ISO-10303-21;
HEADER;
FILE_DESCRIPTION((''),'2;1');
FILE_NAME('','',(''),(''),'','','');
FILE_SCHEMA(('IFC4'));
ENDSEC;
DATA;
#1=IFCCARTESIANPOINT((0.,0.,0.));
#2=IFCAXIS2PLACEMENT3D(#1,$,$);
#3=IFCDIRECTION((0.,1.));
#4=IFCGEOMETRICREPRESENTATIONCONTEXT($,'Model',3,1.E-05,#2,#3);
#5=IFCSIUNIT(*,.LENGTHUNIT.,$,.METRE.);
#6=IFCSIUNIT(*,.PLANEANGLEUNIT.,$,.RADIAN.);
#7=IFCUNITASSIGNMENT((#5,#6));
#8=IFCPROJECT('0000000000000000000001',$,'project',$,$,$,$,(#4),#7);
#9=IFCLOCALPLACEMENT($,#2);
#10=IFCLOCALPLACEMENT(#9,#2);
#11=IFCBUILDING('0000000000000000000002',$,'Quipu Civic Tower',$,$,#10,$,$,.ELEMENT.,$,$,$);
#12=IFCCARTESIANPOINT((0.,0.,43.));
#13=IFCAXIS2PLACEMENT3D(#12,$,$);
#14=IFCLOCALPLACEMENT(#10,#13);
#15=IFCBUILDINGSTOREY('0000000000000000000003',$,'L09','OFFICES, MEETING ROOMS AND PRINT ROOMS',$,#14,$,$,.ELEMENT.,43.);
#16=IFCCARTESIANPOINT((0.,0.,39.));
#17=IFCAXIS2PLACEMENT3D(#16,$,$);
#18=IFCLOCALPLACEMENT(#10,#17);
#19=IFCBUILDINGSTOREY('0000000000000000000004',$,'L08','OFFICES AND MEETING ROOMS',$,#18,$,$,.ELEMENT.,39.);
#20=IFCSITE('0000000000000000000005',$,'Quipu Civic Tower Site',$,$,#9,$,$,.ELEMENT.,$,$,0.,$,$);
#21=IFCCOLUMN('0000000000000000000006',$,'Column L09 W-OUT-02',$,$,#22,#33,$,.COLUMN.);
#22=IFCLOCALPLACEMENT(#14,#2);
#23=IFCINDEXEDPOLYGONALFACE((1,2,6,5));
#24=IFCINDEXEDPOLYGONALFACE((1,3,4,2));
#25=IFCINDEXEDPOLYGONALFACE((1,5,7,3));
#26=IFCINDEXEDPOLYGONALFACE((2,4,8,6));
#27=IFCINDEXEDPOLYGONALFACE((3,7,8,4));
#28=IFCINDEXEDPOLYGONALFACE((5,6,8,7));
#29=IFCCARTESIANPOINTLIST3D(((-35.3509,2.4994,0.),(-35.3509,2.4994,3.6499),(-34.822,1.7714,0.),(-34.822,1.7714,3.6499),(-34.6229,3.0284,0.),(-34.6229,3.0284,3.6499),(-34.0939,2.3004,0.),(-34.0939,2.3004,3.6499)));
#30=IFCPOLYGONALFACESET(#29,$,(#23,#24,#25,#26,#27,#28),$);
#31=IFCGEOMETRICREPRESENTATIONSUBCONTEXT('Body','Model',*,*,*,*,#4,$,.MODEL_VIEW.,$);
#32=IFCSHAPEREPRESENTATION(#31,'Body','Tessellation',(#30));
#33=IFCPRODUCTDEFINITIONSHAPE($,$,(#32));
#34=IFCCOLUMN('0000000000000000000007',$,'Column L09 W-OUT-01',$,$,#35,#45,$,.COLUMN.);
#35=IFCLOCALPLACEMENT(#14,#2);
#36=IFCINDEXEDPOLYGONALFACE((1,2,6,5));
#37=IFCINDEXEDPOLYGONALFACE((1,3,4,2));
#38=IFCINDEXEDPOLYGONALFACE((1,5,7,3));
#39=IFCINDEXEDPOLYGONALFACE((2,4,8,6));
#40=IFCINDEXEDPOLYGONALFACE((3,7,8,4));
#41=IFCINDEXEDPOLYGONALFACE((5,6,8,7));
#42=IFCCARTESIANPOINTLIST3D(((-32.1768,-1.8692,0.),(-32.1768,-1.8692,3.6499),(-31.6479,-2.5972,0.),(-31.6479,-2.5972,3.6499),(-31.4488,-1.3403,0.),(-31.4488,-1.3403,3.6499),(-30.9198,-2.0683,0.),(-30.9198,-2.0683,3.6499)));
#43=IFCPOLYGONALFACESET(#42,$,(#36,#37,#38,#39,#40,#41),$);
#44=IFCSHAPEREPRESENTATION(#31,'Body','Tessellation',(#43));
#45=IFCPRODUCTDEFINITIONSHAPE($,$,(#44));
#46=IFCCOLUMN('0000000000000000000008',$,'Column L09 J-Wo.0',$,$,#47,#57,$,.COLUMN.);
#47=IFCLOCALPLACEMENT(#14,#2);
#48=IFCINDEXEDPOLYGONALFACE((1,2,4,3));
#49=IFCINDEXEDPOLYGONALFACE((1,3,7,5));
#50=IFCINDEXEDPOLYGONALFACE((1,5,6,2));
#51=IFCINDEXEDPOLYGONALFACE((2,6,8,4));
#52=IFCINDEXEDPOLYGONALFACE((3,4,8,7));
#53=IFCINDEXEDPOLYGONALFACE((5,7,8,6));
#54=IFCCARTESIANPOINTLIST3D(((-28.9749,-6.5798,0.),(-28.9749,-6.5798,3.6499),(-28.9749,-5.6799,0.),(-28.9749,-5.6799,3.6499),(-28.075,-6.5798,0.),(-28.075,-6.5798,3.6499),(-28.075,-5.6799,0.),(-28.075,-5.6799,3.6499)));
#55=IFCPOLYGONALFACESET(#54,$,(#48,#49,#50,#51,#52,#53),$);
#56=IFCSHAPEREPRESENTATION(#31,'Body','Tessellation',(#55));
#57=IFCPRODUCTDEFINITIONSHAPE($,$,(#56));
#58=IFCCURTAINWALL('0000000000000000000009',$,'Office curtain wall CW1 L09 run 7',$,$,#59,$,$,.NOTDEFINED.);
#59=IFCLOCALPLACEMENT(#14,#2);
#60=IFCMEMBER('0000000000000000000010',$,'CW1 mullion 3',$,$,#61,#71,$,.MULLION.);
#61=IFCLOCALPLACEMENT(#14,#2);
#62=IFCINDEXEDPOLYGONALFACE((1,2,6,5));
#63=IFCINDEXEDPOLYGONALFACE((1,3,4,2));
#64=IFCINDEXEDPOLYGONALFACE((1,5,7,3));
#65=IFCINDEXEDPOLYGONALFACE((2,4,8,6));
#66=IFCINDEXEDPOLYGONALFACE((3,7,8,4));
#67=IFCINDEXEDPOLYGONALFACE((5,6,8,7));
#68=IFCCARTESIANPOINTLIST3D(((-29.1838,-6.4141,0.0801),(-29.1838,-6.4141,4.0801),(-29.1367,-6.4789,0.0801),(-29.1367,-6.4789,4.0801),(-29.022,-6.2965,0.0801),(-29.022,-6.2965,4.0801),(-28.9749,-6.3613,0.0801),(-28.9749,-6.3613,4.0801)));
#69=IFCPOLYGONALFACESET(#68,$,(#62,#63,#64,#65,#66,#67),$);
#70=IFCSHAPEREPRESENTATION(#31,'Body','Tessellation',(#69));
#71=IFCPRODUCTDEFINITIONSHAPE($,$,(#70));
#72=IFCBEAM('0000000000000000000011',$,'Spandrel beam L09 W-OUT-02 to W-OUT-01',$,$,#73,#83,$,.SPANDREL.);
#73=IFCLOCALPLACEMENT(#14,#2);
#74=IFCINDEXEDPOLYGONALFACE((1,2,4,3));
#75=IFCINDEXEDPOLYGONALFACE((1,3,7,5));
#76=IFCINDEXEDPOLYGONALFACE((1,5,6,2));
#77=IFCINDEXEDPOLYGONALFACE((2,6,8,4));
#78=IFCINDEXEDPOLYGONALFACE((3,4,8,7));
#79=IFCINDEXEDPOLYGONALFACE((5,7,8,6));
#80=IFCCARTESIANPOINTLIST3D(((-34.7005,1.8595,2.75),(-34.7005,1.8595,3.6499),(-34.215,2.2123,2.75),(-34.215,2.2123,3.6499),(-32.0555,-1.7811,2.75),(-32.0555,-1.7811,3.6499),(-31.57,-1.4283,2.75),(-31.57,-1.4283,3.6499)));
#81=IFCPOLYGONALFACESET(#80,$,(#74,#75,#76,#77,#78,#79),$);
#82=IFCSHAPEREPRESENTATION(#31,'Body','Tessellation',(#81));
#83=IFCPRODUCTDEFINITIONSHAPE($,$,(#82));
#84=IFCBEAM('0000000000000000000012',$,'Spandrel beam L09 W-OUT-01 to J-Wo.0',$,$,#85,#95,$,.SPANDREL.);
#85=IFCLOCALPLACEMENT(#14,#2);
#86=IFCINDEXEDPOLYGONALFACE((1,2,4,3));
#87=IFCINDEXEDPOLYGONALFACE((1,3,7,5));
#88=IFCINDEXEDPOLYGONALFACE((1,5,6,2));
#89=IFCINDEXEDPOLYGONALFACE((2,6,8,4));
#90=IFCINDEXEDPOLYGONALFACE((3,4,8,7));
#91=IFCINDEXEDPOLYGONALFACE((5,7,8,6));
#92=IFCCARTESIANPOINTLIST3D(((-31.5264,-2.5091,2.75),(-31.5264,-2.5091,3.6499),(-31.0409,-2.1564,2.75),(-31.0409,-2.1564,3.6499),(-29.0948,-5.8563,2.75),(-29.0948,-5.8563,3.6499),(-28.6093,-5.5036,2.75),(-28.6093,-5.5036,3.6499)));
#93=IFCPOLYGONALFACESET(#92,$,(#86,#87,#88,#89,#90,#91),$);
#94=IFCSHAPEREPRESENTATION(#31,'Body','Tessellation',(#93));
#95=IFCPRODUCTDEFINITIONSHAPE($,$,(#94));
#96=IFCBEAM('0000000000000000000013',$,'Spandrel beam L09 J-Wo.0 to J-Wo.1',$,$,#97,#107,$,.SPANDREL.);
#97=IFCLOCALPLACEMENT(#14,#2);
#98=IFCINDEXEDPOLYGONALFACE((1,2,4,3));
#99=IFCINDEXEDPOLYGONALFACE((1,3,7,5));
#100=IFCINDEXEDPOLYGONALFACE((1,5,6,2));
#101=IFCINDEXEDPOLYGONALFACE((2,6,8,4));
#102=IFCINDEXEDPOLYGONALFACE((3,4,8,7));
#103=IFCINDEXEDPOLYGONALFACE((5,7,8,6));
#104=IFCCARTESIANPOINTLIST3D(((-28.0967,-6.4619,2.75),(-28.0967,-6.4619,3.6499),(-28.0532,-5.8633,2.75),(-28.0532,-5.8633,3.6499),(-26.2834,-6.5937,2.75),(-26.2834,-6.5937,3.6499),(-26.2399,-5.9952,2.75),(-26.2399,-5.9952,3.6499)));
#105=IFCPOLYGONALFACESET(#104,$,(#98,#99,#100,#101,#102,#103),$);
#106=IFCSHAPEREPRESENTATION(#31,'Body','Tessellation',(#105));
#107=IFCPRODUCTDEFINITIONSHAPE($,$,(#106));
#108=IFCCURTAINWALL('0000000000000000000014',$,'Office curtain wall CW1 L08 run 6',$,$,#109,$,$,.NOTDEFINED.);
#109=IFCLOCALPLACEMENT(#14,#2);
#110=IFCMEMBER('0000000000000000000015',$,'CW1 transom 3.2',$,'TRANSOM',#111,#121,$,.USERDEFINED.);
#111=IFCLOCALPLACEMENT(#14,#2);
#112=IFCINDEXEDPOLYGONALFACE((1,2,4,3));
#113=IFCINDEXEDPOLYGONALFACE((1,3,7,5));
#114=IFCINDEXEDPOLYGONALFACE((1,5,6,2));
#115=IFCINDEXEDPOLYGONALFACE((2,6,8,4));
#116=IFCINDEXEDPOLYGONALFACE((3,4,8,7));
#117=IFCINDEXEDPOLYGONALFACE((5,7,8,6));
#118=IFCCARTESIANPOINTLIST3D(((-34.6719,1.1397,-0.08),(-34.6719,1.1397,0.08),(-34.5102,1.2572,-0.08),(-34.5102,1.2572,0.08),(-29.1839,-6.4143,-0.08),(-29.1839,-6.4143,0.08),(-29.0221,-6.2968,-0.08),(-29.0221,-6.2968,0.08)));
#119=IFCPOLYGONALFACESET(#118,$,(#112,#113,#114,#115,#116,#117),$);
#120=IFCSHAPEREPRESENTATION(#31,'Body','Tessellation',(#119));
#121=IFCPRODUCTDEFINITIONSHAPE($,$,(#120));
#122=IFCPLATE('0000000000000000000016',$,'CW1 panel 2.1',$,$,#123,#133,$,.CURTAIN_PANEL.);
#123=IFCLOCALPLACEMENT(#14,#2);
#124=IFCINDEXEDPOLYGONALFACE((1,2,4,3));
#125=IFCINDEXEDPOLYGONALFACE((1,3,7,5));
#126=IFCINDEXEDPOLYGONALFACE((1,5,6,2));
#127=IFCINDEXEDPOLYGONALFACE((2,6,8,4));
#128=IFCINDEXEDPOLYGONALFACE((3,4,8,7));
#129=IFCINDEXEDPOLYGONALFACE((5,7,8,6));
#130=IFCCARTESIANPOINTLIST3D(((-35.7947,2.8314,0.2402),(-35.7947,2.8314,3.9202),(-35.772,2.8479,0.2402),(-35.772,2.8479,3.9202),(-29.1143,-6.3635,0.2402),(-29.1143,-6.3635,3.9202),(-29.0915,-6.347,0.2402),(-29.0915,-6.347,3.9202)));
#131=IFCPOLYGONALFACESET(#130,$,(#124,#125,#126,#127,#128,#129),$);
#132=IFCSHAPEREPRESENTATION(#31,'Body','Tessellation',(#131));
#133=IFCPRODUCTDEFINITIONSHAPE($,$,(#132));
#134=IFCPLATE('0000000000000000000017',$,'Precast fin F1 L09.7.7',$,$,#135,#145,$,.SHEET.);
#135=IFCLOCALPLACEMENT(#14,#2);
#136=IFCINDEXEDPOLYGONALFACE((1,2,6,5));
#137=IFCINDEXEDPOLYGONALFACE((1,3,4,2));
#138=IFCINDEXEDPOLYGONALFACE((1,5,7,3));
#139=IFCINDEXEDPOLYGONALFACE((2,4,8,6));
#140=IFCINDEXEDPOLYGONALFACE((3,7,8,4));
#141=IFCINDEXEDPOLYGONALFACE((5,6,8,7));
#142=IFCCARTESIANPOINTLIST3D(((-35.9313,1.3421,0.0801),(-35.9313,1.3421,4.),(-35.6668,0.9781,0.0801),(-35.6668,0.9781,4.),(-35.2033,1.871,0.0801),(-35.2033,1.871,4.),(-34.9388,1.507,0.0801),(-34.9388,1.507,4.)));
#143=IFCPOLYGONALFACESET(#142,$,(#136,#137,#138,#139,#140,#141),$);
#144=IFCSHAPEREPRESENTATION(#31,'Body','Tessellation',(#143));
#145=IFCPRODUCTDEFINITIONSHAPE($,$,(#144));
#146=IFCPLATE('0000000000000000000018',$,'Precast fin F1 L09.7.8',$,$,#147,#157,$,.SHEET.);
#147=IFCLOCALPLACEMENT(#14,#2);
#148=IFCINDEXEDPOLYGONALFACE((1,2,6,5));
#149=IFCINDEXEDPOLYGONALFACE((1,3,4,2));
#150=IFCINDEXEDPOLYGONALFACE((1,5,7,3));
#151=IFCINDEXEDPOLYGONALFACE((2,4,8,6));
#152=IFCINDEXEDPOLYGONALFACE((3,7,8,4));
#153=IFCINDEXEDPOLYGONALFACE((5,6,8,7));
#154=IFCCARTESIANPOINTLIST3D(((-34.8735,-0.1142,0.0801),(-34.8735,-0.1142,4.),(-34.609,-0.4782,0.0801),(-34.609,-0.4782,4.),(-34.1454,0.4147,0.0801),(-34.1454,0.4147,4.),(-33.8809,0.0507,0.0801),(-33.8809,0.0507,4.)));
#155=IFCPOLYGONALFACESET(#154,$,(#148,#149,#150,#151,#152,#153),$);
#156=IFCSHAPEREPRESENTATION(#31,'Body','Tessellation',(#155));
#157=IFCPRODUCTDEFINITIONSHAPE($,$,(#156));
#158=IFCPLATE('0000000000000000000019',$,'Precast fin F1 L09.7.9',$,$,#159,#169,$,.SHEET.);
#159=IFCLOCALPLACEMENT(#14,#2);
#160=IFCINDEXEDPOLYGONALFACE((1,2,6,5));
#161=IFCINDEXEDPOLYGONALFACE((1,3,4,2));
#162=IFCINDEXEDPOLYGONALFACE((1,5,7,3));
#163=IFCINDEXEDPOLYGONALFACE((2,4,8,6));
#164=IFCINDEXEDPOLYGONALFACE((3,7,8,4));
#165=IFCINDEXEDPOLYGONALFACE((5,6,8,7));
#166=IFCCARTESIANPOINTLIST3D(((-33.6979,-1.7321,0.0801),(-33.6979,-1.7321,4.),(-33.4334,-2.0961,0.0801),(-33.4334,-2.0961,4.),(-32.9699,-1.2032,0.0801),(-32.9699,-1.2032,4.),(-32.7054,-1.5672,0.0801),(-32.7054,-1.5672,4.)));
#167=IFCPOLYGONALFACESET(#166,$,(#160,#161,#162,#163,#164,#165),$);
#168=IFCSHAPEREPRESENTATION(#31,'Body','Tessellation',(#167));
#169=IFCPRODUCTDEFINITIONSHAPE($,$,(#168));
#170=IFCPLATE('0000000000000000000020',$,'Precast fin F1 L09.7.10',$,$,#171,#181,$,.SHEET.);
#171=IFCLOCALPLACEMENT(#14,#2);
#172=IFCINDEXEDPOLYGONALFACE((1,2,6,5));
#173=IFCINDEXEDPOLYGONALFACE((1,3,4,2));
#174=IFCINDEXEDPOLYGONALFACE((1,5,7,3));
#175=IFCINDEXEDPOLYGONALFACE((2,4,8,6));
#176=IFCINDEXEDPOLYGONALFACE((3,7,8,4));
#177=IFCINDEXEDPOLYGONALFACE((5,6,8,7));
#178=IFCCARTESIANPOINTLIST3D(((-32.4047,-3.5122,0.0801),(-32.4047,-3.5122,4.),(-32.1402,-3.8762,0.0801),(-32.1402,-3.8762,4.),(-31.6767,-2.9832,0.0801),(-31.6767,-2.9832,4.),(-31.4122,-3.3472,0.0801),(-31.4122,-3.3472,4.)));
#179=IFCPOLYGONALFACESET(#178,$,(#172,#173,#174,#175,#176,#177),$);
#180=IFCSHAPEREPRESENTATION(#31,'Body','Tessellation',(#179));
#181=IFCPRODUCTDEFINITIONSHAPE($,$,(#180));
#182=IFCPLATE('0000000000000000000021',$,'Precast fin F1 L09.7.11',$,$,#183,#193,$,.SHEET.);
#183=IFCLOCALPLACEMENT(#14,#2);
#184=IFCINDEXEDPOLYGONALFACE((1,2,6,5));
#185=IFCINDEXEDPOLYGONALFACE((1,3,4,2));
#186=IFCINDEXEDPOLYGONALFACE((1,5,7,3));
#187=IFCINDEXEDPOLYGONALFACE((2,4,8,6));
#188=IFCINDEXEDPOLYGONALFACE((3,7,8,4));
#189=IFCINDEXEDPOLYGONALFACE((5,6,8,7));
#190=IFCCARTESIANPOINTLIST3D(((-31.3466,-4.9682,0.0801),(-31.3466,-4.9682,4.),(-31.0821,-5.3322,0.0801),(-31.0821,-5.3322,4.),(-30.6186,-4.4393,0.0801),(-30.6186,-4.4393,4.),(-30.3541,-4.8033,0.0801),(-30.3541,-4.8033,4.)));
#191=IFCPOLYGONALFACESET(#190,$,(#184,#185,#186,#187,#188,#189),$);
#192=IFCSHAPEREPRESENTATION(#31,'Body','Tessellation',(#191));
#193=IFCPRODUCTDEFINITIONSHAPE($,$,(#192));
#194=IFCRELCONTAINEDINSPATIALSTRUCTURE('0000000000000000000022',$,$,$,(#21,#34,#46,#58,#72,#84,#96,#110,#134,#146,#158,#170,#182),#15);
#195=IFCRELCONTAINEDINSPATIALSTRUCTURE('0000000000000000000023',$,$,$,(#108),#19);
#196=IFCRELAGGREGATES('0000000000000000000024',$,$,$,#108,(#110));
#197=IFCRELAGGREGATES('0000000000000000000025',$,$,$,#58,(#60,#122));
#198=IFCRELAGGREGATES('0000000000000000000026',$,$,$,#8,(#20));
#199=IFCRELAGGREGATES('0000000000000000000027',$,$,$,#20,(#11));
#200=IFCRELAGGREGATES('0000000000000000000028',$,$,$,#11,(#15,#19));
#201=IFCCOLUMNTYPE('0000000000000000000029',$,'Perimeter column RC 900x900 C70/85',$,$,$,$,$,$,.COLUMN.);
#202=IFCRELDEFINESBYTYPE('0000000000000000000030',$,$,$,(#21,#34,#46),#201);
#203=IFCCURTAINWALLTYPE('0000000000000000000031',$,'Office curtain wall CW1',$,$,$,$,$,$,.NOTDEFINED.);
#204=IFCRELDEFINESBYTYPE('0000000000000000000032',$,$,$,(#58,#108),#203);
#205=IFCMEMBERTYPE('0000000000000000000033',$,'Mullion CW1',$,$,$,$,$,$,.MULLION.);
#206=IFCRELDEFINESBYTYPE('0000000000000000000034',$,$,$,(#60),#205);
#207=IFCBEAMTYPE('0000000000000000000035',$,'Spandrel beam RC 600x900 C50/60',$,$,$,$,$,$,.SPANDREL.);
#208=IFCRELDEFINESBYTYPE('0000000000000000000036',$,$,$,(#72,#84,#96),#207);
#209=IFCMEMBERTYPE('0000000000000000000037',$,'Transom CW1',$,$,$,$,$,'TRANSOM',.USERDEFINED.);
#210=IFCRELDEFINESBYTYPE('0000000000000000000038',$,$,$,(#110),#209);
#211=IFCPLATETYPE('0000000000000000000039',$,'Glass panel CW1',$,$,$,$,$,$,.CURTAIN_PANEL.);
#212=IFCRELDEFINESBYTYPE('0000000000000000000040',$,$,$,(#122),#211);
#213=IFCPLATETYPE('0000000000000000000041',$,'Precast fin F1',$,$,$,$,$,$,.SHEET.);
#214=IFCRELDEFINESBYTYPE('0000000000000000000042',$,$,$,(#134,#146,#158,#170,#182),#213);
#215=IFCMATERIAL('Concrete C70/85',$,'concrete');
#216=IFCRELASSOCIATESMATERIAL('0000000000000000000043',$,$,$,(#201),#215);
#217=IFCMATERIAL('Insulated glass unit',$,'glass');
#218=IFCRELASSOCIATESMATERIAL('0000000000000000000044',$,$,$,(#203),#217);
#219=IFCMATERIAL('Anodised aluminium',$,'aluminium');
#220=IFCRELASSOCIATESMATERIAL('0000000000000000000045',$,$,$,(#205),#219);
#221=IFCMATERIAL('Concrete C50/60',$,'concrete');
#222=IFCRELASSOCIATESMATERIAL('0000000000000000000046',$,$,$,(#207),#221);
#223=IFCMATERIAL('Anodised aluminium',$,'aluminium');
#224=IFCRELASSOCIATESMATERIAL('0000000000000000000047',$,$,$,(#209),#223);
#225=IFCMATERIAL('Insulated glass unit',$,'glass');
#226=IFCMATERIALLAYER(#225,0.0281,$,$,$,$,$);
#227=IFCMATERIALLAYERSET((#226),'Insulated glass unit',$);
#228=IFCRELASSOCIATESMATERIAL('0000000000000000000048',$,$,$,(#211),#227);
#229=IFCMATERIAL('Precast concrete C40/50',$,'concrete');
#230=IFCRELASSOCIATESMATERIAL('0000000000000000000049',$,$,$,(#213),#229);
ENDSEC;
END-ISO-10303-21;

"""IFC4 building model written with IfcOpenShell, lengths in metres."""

from ifc_helpers import new_model, si_unit, direction, frame, origin, origin_2d, place, context, subcontext, project, spatial, rectangle, extrude, material, layer, layer_set, material_profile, profile_set, type_object, element, aggregate, save


model = new_model("IFC4")

# Units and contexts
model_context = context("Model", 3, precision=1e-05, world=origin(), true_north=direction((0.0, 1.0)))
body_context = subcontext(model_context, "Body", "Model", "MODEL_VIEW")
ifc_project = project(units=[si_unit("LENGTHUNIT", "METRE"), si_unit("PLANEANGLEUNIT", "RADIAN")], contexts=[model_context])

# Site, building, storey
site_placement = place(None, origin())
site = spatial("IfcSite", under=ifc_project, at=site_placement, Name="Quipu Civic Tower Site", CompositionType="ELEMENT", RefElevation=0.0)
building_placement = place(site_placement, origin())
building = spatial("IfcBuilding", under=site, at=building_placement, Name="Quipu Civic Tower", CompositionType="ELEMENT")
storey_1_placement = place(building_placement, frame((0.0, 0.0, 43.0)))
storey_1 = spatial("IfcBuildingStorey", under=building, at=storey_1_placement, Name="L09", Description="OFFICES, MEETING ROOMS AND PRINT ROOMS", CompositionType="ELEMENT", Elevation=43.0)

# Columns
ifc_material_1 = material(Name="Concrete C70/85", Category="concrete")
ifc_material_profile_1 = material_profile(ifc_material_1, rectangle(XDim=0.8999, YDim=0.8999, at=origin_2d()), Name="RC900x900")
ifc_profile_set_1 = profile_set([ifc_material_profile_1], Name="Concrete C70/85")
column_type = type_object("IfcColumnType", Name="Perimeter column RC 900x900 C70/85", PredefinedType="COLUMN", material=ifc_profile_set_1)
for number, where, z_axis, x_axis, name in (
    (1, (-34.7224, 2.3999, 0.0), (0.0, 0.0, 1.0), (0.587785, -0.809017, 0.0), "Column L09 W-OUT-02"),
    (2, (-31.5483, -1.9688, 0.0), (0.0, 0.0, 1.0), (0.587785, -0.809017, 0.0), "Column L09 W-OUT-01"),
    (3, (-28.5249, -6.1299, 0.0), (0.0, 0.0, 1.0), (1.0, 0.0, 0.0), "Column L09 J-Wo.0"),
):
    element("IfcColumn", number, at=place(storey_1_placement, frame(where, z_axis=z_axis, x_axis=x_axis)), inside=storey_1, type_object=column_type, Name=name, PredefinedType="COLUMN", context=body_context, shape_type="SweptSolid", body=[
        extrude(rectangle(XDim=0.8999, YDim=0.8999, at=origin_2d()), origin(), (0.0, 0.0, 1.0), 3.6499),
    ])

# Curtain wall, member
ifc_material_2 = material(Name="Insulated glass unit", Category="glass")
curtain_wall_type = type_object("IfcCurtainWallType", Name="Office curtain wall CW1", PredefinedType="NOTDEFINED", material=ifc_material_2)
curtain_wall_1_placement = place(storey_1_placement, origin())
curtain_wall_1 = element("IfcCurtainWall", 4, at=curtain_wall_1_placement, inside=storey_1, type_object=curtain_wall_type, Name="Office curtain wall CW1 L09 run 7", PredefinedType="NOTDEFINED")
ifc_material_3 = material(Name="Anodised aluminium", Category="aluminium")
ifc_material_profile_2 = material_profile(ifc_material_3, rectangle(XDim=0.2, YDim=0.0801, at=origin_2d()), Name="RECT 200x80")
ifc_profile_set_2 = profile_set([ifc_material_profile_2], Name="Anodised aluminium")
member_type_1 = type_object("IfcMemberType", Name="Mullion CW1", PredefinedType="MULLION", material=ifc_profile_set_2)
member_1_placement = place(storey_1_placement, frame((-29.0793, -6.3877, 0.0801), z_axis=(0.0, 0.0, 1.0), x_axis=(0.809018, 0.587783, 0.0)))
member_1 = element("IfcMember", 5, at=member_1_placement, type_object=member_type_1, Name="CW1 mullion 3", PredefinedType="MULLION", context=body_context, shape_type="SweptSolid", body=[
    extrude(rectangle(XDim=0.2, YDim=0.0801, at=origin_2d()), origin(), (0.0, 0.0, 1.0), 4.0),
])

# Beams
ifc_material_4 = material(Name="Concrete C50/60", Category="concrete")
ifc_material_profile_3 = material_profile(ifc_material_4, rectangle(XDim=0.6001, YDim=0.8999, at=origin_2d()), Name="RC600x900")
ifc_profile_set_3 = profile_set([ifc_material_profile_3], Name="Concrete C50/60")
beam_type = type_object("IfcBeamType", Name="Spandrel beam RC 600x900 C50/60", PredefinedType="SPANDREL", material=ifc_profile_set_3)
beam_1_placement = place(storey_1_placement, frame((-34.4578, 2.0359, 3.2), z_axis=(0.587778, -0.809022, 0.0), x_axis=(0.809022, 0.587778, 0.0)))
element("IfcBeam", 6, at=beam_1_placement, inside=storey_1, type_object=beam_type, Name="Spandrel beam L09 W-OUT-02 to W-OUT-01", PredefinedType="SPANDREL", context=body_context, shape_type="SweptSolid", body=[
    extrude(rectangle(XDim=0.6001, YDim=0.8999, at=origin_2d()), origin(), (0.0, 0.0, 1.0), 4.5),
])
beam_2_placement = place(storey_1_placement, frame((-31.2837, -2.3328, 3.2), z_axis=(0.587751, -0.809042, 0.0), x_axis=(0.809042, 0.587751, 0.0)))
element("IfcBeam", 7, at=beam_2_placement, inside=storey_1, type_object=beam_type, Name="Spandrel beam L09 W-OUT-01 to J-Wo.0", PredefinedType="SPANDREL", context=body_context, shape_type="SweptSolid", body=[
    extrude(rectangle(XDim=0.6001, YDim=0.8999, at=origin_2d()), origin(), (0.0, 0.0, 1.0), 4.1372),
])
beam_3_placement = place(storey_1_placement, frame((-28.075, -6.1626, 3.2), z_axis=(0.997367, -0.072516, 0.0), x_axis=(0.072516, 0.997367, 0.0)))
element("IfcBeam", 8, at=beam_3_placement, inside=storey_1, type_object=beam_type, Name="Spandrel beam L09 J-Wo.0 to J-Wo.1", PredefinedType="SPANDREL", context=body_context, shape_type="SweptSolid", body=[
    extrude(rectangle(XDim=0.6001, YDim=0.8999, at=origin_2d()), origin(), (0.0, 0.0, 1.0), 1.8181),
])

# Shared definitions
storey_2_placement = place(building_placement, frame((0.0, 0.0, 39.0)))
storey_2 = spatial("IfcBuildingStorey", under=building, at=storey_2_placement, Name="L08", Description="OFFICES AND MEETING ROOMS", CompositionType="ELEMENT", Elevation=39.0)

# Curtain wall, member
curtain_wall_2_placement = place(storey_2_placement, origin())
curtain_wall_2 = element("IfcCurtainWall", 9, at=curtain_wall_2_placement, inside=storey_2, type_object=curtain_wall_type, Name="Office curtain wall CW1 L08 run 6", PredefinedType="NOTDEFINED")
ifc_material_5 = material(Name="Anodised aluminium", Category="aluminium")
ifc_material_profile_4 = material_profile(ifc_material_5, rectangle(XDim=0.2, YDim=0.1599, at=origin_2d()), Name="RECT 200x160")
ifc_profile_set_4 = profile_set([ifc_material_profile_4], Name="Anodised aluminium")
member_type_2 = type_object("IfcMemberType", Name="Transom CW1", ElementType="TRANSOM", PredefinedType="USERDEFINED", material=ifc_profile_set_4)
member_2_placement = place(storey_1_placement, frame((-34.5911, 1.1985, 0.0), z_axis=(0.587769, -0.809029, 0.0), x_axis=(0.809029, 0.587769, 0.0)))
member_2 = element("IfcMember", 10, at=member_2_placement, inside=storey_1, type_object=member_type_2, Name="CW1 transom 3.2", ObjectType="TRANSOM", PredefinedType="USERDEFINED", context=body_context, shape_type="SweptSolid", body=[
    extrude(rectangle(XDim=0.2, YDim=0.1599, at=origin_2d()), origin(), (0.0, 0.0, 1.0), 9.3372),
])
aggregate(curtain_wall_2, [member_2])

# Plate
ifc_material_6 = material(Name="Insulated glass unit", Category="glass")
ifc_layer_1 = layer(ifc_material_6, 0.0281)
ifc_layer_set_1 = layer_set([ifc_layer_1], Name="Insulated glass unit")
plate_type_1 = type_object("IfcPlateType", Name="Glass panel CW1", PredefinedType="CURTAIN_PANEL", material=ifc_layer_set_1)
plate_placement = place(storey_1_placement, frame((-32.4431, -1.7578, 0.2402), z_axis=(0.0, 0.0, 1.0), x_axis=(0.587783, -0.809018, 0.0)))
plate = element("IfcPlate", 11, at=plate_placement, type_object=plate_type_1, Name="CW1 panel 2.1", PredefinedType="CURTAIN_PANEL", context=body_context, shape_type="SweptSolid", body=[
    extrude(rectangle(XDim=11.3655, YDim=0.0281, at=origin_2d()), origin(), (0.0, 0.0, 1.0), 3.6799),
])
aggregate(curtain_wall_1, [member_1, plate])

# Plates
ifc_material_7 = material(Name="Precast concrete C40/50", Category="concrete")
plate_type_2 = type_object("IfcPlateType", Name="Precast fin F1", PredefinedType="SHEET", material=ifc_material_7)
for number, where, z_axis, x_axis, name in (
    (12, (-35.4351, 1.4246, 0.0801), (0.0, 0.0, 1.0), (0.587784, -0.809018, 0.0), "Precast fin F1 L09.7.7"),
    (13, (-34.3772, -0.0317, 0.0801), (0.0, 0.0, 1.0), (0.587784, -0.809018, 0.0), "Precast fin F1 L09.7.8"),
    (14, (-33.2017, -1.6497, 0.0801), (0.0, 0.0, 1.0), (0.587784, -0.809018, 0.0), "Precast fin F1 L09.7.9"),
    (15, (-31.9084, -3.4297, 0.0801), (0.0, 0.0, 1.0), (0.587784, -0.809018, 0.0), "Precast fin F1 L09.7.10"),
    (16, (-30.8503, -4.8857, 0.0801), (0.0, 0.0, 1.0), (0.587784, -0.809018, 0.0), "Precast fin F1 L09.7.11"),
):
    element("IfcPlate", number, at=place(storey_1_placement, frame(where, z_axis=z_axis, x_axis=x_axis)), inside=storey_1, type_object=plate_type_2, Name=name, PredefinedType="SHEET", context=body_context, shape_type="SweptSolid", body=[
        extrude(rectangle(XDim=0.45, YDim=0.8999, at=origin_2d()), origin(), (0.0, 0.0, 1.0), 3.9199),
    ])

save(model, "model.ifc")
